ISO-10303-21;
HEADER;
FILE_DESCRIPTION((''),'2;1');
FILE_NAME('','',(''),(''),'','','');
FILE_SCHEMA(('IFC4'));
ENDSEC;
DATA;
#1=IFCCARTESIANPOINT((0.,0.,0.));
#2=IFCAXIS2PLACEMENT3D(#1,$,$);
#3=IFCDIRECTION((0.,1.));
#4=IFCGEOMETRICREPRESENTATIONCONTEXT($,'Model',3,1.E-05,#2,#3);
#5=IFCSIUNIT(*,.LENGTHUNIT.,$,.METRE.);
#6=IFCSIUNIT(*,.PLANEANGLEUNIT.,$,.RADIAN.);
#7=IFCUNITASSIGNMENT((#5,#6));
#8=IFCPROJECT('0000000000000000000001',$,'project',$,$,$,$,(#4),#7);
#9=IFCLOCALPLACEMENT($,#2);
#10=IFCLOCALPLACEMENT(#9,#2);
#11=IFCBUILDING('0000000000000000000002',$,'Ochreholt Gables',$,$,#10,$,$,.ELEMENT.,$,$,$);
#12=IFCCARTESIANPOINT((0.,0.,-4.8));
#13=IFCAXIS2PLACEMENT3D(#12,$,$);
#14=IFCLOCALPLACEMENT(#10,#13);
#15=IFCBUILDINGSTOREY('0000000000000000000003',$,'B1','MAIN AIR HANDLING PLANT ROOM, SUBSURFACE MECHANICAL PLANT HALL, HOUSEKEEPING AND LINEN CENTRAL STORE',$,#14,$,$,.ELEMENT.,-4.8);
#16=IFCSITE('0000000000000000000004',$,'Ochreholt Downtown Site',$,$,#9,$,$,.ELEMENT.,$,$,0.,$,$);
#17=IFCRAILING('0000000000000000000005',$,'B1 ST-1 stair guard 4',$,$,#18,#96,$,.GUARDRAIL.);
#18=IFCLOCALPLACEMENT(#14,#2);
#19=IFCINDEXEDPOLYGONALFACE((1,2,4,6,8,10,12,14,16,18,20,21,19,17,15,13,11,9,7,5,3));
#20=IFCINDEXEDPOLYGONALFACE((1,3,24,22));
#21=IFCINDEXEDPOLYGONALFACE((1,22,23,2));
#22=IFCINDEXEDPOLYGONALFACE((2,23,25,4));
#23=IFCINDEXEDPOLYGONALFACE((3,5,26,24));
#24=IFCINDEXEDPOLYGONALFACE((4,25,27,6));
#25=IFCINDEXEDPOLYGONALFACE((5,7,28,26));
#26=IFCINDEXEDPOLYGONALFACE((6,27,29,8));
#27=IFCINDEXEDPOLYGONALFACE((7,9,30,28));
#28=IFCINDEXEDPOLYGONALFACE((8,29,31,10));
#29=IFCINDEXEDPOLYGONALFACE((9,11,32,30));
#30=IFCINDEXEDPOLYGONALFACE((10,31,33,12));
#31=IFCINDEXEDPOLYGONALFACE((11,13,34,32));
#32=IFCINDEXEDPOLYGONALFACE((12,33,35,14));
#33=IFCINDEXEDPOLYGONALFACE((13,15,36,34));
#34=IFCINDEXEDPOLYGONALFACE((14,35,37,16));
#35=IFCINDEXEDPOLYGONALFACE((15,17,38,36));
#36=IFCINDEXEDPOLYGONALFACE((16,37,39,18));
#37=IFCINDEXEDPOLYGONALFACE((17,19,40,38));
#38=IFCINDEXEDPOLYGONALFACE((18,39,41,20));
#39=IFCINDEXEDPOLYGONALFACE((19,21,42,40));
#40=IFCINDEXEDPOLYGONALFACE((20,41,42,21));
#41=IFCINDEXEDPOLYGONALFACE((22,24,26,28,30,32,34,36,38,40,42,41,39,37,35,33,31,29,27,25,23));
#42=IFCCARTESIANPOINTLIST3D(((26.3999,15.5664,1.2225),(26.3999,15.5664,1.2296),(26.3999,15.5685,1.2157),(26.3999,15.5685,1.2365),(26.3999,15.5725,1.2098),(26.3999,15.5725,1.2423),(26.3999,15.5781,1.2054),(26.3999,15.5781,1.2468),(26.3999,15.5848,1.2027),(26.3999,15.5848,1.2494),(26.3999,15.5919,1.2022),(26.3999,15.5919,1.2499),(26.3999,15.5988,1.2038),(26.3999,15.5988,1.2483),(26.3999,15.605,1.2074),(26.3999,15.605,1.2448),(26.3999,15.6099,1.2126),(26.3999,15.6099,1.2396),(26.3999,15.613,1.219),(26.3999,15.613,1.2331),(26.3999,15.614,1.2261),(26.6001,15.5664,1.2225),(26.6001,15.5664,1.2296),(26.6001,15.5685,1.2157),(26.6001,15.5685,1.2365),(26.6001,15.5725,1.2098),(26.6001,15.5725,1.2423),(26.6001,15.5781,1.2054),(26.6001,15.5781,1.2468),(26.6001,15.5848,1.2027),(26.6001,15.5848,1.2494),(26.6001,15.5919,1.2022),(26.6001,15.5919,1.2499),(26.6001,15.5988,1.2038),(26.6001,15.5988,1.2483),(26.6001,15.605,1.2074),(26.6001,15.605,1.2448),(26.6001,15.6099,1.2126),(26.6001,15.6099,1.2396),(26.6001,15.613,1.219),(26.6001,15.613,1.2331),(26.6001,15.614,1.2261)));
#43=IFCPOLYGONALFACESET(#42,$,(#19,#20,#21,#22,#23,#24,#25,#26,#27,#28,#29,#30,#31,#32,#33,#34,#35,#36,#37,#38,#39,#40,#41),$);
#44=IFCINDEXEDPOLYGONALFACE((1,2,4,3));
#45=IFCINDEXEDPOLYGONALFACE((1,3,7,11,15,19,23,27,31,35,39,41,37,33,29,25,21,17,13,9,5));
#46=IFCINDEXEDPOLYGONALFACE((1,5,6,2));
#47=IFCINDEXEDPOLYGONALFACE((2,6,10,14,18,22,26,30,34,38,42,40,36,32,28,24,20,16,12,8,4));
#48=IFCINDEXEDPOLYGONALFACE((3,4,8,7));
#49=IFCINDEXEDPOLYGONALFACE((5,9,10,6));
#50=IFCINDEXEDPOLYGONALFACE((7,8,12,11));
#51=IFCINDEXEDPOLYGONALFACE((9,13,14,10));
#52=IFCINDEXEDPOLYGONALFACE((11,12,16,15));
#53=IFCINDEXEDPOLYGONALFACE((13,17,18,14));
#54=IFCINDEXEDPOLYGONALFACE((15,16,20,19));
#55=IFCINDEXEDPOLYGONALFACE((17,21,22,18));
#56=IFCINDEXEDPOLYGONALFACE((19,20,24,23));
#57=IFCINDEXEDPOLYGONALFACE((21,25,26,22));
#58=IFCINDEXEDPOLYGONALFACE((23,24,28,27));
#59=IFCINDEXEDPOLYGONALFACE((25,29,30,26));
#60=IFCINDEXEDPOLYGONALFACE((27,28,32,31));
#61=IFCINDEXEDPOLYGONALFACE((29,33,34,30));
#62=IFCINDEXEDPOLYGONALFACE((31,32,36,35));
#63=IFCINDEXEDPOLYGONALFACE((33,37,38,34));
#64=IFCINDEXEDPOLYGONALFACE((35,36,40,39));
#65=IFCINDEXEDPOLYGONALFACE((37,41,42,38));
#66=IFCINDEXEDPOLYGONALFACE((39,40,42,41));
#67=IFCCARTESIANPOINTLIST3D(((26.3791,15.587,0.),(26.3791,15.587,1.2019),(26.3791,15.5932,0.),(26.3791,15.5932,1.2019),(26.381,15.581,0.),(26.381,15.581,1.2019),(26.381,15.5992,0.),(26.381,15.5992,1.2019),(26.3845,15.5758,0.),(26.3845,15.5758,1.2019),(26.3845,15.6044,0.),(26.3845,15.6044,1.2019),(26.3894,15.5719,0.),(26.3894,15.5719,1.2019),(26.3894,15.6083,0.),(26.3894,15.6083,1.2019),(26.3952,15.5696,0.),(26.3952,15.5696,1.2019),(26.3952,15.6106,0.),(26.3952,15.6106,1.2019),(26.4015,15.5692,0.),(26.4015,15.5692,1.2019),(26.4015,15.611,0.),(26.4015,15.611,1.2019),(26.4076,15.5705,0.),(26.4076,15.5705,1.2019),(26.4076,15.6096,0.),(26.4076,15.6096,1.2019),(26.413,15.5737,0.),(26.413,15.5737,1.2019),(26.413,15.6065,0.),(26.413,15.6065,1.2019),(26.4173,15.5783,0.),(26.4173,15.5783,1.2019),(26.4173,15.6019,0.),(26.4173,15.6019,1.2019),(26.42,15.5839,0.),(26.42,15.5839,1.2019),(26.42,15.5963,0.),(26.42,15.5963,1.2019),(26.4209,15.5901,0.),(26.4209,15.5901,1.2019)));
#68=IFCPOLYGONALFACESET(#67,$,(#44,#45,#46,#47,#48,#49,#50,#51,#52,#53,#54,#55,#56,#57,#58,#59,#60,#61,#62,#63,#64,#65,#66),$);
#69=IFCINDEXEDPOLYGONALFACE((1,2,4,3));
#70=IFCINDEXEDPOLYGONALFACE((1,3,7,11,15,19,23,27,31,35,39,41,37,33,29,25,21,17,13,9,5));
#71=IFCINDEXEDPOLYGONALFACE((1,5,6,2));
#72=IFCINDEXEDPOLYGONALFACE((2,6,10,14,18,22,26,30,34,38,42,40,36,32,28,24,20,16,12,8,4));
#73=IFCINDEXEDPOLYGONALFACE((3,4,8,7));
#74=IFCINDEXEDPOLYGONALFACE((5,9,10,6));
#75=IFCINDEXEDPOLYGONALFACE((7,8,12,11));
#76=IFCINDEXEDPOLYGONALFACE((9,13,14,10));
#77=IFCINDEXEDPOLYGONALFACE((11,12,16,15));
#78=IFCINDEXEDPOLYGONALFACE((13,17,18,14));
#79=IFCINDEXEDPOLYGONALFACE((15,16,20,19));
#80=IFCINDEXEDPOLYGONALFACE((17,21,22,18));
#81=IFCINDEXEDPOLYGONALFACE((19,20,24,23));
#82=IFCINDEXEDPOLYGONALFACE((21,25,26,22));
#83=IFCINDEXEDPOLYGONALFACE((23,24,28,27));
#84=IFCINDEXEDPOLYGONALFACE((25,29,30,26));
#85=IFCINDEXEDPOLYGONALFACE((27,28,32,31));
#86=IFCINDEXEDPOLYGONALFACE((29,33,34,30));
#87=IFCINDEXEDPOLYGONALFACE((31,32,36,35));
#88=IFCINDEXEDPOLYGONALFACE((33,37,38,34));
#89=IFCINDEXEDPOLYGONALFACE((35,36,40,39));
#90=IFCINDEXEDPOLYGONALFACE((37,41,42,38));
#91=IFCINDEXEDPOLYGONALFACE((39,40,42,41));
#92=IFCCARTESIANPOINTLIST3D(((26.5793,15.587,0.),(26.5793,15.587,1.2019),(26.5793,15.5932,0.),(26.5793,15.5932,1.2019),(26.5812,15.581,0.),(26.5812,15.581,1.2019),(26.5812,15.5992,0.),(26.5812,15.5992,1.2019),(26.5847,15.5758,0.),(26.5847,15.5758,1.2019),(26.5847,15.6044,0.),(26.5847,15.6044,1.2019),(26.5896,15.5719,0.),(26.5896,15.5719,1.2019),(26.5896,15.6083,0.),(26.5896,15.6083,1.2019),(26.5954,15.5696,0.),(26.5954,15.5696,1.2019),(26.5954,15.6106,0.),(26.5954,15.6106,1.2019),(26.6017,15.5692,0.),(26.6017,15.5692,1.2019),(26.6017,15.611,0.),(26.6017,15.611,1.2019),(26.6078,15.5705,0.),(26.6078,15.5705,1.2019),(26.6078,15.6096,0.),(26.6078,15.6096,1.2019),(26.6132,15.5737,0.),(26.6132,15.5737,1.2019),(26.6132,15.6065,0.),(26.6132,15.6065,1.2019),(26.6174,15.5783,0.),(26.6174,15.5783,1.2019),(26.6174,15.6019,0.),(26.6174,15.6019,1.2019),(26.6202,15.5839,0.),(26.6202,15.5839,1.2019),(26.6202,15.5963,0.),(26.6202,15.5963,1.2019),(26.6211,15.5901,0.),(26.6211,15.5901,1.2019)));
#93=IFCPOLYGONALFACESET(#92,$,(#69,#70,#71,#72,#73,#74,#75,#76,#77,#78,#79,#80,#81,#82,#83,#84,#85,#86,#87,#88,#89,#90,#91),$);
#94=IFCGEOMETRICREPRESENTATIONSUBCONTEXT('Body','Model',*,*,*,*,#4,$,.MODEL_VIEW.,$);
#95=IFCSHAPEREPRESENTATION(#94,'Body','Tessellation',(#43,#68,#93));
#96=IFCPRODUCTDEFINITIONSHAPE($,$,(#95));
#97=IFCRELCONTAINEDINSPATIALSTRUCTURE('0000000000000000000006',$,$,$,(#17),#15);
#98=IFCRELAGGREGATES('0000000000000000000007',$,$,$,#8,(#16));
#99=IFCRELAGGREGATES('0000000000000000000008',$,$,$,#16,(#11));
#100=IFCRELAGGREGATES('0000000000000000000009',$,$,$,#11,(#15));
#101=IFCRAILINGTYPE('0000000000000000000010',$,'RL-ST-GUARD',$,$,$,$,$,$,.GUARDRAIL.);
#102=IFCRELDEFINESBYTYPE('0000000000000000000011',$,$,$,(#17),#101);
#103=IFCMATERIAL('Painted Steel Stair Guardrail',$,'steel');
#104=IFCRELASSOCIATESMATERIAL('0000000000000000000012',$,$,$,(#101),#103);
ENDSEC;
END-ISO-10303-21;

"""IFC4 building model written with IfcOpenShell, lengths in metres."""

from ifc_helpers import new_model, si_unit, direction, frame, origin, origin_2d, place, context, subcontext, project, spatial, circle, extrude, material, type_object, element, save


model = new_model("IFC4")

# Units and contexts
model_context = context("Model", 3, precision=1e-05, world=origin(), true_north=direction((0.0, 1.0)))
body_context = subcontext(model_context, "Body", "Model", "MODEL_VIEW")
ifc_project = project(units=[si_unit("LENGTHUNIT", "METRE"), si_unit("PLANEANGLEUNIT", "RADIAN")], contexts=[model_context])

# Site, building, storey
site_placement = place(None, origin())
site = spatial("IfcSite", under=ifc_project, at=site_placement, Name="Ochreholt Downtown Site", CompositionType="ELEMENT", RefElevation=0.0)
building_placement = place(site_placement, origin())
building = spatial("IfcBuilding", under=site, at=building_placement, Name="Ochreholt Gables", CompositionType="ELEMENT")
storey_placement = place(building_placement, frame((0.0, 0.0, -4.8)))
storey = spatial("IfcBuildingStorey", under=building, at=storey_placement, Name="B1", Description="MAIN AIR HANDLING PLANT ROOM, SUBSURFACE MECHANICAL PLANT HALL, HOUSEKEEPING AND LINEN CENTRAL STORE", CompositionType="ELEMENT", Elevation=-4.8)

# Railing
ifc_material_1 = material(Name="Painted Steel Stair Guardrail", Category="steel")
railing_type_1 = type_object("IfcRailingType", Name="RL-ST-GUARD", PredefinedType="GUARDRAIL", material=ifc_material_1)
railing_1_placement = place(storey_placement, frame((26.3999, 15.5901, 0.0)))
element("IfcRailing", 1, at=railing_1_placement, inside=storey, type_object=railing_type_1, Name="B1 ST-1 stair guard 4", PredefinedType="GUARDRAIL", context=body_context, shape_type="SweptSolid", body=[
    extrude(circle(Radius=0.0239, at=origin_2d()), frame((0.0, 0.0, 1.2261), z_axis=(1.0, 0.0, 0.0), x_axis=(0.0, 1.0, 0.0)), (0.0, 0.0, 1.0), 0.2002),
    extrude(circle(Radius=0.021, at=origin_2d()), origin(), (0.0, 0.0, 1.0), 1.2019),
    extrude(circle(Radius=0.021, at=origin_2d()), frame((0.2002, 0.0, 0.0)), (0.0, 0.0, 1.0), 1.2019),
])

save(model, "model.ifc")
